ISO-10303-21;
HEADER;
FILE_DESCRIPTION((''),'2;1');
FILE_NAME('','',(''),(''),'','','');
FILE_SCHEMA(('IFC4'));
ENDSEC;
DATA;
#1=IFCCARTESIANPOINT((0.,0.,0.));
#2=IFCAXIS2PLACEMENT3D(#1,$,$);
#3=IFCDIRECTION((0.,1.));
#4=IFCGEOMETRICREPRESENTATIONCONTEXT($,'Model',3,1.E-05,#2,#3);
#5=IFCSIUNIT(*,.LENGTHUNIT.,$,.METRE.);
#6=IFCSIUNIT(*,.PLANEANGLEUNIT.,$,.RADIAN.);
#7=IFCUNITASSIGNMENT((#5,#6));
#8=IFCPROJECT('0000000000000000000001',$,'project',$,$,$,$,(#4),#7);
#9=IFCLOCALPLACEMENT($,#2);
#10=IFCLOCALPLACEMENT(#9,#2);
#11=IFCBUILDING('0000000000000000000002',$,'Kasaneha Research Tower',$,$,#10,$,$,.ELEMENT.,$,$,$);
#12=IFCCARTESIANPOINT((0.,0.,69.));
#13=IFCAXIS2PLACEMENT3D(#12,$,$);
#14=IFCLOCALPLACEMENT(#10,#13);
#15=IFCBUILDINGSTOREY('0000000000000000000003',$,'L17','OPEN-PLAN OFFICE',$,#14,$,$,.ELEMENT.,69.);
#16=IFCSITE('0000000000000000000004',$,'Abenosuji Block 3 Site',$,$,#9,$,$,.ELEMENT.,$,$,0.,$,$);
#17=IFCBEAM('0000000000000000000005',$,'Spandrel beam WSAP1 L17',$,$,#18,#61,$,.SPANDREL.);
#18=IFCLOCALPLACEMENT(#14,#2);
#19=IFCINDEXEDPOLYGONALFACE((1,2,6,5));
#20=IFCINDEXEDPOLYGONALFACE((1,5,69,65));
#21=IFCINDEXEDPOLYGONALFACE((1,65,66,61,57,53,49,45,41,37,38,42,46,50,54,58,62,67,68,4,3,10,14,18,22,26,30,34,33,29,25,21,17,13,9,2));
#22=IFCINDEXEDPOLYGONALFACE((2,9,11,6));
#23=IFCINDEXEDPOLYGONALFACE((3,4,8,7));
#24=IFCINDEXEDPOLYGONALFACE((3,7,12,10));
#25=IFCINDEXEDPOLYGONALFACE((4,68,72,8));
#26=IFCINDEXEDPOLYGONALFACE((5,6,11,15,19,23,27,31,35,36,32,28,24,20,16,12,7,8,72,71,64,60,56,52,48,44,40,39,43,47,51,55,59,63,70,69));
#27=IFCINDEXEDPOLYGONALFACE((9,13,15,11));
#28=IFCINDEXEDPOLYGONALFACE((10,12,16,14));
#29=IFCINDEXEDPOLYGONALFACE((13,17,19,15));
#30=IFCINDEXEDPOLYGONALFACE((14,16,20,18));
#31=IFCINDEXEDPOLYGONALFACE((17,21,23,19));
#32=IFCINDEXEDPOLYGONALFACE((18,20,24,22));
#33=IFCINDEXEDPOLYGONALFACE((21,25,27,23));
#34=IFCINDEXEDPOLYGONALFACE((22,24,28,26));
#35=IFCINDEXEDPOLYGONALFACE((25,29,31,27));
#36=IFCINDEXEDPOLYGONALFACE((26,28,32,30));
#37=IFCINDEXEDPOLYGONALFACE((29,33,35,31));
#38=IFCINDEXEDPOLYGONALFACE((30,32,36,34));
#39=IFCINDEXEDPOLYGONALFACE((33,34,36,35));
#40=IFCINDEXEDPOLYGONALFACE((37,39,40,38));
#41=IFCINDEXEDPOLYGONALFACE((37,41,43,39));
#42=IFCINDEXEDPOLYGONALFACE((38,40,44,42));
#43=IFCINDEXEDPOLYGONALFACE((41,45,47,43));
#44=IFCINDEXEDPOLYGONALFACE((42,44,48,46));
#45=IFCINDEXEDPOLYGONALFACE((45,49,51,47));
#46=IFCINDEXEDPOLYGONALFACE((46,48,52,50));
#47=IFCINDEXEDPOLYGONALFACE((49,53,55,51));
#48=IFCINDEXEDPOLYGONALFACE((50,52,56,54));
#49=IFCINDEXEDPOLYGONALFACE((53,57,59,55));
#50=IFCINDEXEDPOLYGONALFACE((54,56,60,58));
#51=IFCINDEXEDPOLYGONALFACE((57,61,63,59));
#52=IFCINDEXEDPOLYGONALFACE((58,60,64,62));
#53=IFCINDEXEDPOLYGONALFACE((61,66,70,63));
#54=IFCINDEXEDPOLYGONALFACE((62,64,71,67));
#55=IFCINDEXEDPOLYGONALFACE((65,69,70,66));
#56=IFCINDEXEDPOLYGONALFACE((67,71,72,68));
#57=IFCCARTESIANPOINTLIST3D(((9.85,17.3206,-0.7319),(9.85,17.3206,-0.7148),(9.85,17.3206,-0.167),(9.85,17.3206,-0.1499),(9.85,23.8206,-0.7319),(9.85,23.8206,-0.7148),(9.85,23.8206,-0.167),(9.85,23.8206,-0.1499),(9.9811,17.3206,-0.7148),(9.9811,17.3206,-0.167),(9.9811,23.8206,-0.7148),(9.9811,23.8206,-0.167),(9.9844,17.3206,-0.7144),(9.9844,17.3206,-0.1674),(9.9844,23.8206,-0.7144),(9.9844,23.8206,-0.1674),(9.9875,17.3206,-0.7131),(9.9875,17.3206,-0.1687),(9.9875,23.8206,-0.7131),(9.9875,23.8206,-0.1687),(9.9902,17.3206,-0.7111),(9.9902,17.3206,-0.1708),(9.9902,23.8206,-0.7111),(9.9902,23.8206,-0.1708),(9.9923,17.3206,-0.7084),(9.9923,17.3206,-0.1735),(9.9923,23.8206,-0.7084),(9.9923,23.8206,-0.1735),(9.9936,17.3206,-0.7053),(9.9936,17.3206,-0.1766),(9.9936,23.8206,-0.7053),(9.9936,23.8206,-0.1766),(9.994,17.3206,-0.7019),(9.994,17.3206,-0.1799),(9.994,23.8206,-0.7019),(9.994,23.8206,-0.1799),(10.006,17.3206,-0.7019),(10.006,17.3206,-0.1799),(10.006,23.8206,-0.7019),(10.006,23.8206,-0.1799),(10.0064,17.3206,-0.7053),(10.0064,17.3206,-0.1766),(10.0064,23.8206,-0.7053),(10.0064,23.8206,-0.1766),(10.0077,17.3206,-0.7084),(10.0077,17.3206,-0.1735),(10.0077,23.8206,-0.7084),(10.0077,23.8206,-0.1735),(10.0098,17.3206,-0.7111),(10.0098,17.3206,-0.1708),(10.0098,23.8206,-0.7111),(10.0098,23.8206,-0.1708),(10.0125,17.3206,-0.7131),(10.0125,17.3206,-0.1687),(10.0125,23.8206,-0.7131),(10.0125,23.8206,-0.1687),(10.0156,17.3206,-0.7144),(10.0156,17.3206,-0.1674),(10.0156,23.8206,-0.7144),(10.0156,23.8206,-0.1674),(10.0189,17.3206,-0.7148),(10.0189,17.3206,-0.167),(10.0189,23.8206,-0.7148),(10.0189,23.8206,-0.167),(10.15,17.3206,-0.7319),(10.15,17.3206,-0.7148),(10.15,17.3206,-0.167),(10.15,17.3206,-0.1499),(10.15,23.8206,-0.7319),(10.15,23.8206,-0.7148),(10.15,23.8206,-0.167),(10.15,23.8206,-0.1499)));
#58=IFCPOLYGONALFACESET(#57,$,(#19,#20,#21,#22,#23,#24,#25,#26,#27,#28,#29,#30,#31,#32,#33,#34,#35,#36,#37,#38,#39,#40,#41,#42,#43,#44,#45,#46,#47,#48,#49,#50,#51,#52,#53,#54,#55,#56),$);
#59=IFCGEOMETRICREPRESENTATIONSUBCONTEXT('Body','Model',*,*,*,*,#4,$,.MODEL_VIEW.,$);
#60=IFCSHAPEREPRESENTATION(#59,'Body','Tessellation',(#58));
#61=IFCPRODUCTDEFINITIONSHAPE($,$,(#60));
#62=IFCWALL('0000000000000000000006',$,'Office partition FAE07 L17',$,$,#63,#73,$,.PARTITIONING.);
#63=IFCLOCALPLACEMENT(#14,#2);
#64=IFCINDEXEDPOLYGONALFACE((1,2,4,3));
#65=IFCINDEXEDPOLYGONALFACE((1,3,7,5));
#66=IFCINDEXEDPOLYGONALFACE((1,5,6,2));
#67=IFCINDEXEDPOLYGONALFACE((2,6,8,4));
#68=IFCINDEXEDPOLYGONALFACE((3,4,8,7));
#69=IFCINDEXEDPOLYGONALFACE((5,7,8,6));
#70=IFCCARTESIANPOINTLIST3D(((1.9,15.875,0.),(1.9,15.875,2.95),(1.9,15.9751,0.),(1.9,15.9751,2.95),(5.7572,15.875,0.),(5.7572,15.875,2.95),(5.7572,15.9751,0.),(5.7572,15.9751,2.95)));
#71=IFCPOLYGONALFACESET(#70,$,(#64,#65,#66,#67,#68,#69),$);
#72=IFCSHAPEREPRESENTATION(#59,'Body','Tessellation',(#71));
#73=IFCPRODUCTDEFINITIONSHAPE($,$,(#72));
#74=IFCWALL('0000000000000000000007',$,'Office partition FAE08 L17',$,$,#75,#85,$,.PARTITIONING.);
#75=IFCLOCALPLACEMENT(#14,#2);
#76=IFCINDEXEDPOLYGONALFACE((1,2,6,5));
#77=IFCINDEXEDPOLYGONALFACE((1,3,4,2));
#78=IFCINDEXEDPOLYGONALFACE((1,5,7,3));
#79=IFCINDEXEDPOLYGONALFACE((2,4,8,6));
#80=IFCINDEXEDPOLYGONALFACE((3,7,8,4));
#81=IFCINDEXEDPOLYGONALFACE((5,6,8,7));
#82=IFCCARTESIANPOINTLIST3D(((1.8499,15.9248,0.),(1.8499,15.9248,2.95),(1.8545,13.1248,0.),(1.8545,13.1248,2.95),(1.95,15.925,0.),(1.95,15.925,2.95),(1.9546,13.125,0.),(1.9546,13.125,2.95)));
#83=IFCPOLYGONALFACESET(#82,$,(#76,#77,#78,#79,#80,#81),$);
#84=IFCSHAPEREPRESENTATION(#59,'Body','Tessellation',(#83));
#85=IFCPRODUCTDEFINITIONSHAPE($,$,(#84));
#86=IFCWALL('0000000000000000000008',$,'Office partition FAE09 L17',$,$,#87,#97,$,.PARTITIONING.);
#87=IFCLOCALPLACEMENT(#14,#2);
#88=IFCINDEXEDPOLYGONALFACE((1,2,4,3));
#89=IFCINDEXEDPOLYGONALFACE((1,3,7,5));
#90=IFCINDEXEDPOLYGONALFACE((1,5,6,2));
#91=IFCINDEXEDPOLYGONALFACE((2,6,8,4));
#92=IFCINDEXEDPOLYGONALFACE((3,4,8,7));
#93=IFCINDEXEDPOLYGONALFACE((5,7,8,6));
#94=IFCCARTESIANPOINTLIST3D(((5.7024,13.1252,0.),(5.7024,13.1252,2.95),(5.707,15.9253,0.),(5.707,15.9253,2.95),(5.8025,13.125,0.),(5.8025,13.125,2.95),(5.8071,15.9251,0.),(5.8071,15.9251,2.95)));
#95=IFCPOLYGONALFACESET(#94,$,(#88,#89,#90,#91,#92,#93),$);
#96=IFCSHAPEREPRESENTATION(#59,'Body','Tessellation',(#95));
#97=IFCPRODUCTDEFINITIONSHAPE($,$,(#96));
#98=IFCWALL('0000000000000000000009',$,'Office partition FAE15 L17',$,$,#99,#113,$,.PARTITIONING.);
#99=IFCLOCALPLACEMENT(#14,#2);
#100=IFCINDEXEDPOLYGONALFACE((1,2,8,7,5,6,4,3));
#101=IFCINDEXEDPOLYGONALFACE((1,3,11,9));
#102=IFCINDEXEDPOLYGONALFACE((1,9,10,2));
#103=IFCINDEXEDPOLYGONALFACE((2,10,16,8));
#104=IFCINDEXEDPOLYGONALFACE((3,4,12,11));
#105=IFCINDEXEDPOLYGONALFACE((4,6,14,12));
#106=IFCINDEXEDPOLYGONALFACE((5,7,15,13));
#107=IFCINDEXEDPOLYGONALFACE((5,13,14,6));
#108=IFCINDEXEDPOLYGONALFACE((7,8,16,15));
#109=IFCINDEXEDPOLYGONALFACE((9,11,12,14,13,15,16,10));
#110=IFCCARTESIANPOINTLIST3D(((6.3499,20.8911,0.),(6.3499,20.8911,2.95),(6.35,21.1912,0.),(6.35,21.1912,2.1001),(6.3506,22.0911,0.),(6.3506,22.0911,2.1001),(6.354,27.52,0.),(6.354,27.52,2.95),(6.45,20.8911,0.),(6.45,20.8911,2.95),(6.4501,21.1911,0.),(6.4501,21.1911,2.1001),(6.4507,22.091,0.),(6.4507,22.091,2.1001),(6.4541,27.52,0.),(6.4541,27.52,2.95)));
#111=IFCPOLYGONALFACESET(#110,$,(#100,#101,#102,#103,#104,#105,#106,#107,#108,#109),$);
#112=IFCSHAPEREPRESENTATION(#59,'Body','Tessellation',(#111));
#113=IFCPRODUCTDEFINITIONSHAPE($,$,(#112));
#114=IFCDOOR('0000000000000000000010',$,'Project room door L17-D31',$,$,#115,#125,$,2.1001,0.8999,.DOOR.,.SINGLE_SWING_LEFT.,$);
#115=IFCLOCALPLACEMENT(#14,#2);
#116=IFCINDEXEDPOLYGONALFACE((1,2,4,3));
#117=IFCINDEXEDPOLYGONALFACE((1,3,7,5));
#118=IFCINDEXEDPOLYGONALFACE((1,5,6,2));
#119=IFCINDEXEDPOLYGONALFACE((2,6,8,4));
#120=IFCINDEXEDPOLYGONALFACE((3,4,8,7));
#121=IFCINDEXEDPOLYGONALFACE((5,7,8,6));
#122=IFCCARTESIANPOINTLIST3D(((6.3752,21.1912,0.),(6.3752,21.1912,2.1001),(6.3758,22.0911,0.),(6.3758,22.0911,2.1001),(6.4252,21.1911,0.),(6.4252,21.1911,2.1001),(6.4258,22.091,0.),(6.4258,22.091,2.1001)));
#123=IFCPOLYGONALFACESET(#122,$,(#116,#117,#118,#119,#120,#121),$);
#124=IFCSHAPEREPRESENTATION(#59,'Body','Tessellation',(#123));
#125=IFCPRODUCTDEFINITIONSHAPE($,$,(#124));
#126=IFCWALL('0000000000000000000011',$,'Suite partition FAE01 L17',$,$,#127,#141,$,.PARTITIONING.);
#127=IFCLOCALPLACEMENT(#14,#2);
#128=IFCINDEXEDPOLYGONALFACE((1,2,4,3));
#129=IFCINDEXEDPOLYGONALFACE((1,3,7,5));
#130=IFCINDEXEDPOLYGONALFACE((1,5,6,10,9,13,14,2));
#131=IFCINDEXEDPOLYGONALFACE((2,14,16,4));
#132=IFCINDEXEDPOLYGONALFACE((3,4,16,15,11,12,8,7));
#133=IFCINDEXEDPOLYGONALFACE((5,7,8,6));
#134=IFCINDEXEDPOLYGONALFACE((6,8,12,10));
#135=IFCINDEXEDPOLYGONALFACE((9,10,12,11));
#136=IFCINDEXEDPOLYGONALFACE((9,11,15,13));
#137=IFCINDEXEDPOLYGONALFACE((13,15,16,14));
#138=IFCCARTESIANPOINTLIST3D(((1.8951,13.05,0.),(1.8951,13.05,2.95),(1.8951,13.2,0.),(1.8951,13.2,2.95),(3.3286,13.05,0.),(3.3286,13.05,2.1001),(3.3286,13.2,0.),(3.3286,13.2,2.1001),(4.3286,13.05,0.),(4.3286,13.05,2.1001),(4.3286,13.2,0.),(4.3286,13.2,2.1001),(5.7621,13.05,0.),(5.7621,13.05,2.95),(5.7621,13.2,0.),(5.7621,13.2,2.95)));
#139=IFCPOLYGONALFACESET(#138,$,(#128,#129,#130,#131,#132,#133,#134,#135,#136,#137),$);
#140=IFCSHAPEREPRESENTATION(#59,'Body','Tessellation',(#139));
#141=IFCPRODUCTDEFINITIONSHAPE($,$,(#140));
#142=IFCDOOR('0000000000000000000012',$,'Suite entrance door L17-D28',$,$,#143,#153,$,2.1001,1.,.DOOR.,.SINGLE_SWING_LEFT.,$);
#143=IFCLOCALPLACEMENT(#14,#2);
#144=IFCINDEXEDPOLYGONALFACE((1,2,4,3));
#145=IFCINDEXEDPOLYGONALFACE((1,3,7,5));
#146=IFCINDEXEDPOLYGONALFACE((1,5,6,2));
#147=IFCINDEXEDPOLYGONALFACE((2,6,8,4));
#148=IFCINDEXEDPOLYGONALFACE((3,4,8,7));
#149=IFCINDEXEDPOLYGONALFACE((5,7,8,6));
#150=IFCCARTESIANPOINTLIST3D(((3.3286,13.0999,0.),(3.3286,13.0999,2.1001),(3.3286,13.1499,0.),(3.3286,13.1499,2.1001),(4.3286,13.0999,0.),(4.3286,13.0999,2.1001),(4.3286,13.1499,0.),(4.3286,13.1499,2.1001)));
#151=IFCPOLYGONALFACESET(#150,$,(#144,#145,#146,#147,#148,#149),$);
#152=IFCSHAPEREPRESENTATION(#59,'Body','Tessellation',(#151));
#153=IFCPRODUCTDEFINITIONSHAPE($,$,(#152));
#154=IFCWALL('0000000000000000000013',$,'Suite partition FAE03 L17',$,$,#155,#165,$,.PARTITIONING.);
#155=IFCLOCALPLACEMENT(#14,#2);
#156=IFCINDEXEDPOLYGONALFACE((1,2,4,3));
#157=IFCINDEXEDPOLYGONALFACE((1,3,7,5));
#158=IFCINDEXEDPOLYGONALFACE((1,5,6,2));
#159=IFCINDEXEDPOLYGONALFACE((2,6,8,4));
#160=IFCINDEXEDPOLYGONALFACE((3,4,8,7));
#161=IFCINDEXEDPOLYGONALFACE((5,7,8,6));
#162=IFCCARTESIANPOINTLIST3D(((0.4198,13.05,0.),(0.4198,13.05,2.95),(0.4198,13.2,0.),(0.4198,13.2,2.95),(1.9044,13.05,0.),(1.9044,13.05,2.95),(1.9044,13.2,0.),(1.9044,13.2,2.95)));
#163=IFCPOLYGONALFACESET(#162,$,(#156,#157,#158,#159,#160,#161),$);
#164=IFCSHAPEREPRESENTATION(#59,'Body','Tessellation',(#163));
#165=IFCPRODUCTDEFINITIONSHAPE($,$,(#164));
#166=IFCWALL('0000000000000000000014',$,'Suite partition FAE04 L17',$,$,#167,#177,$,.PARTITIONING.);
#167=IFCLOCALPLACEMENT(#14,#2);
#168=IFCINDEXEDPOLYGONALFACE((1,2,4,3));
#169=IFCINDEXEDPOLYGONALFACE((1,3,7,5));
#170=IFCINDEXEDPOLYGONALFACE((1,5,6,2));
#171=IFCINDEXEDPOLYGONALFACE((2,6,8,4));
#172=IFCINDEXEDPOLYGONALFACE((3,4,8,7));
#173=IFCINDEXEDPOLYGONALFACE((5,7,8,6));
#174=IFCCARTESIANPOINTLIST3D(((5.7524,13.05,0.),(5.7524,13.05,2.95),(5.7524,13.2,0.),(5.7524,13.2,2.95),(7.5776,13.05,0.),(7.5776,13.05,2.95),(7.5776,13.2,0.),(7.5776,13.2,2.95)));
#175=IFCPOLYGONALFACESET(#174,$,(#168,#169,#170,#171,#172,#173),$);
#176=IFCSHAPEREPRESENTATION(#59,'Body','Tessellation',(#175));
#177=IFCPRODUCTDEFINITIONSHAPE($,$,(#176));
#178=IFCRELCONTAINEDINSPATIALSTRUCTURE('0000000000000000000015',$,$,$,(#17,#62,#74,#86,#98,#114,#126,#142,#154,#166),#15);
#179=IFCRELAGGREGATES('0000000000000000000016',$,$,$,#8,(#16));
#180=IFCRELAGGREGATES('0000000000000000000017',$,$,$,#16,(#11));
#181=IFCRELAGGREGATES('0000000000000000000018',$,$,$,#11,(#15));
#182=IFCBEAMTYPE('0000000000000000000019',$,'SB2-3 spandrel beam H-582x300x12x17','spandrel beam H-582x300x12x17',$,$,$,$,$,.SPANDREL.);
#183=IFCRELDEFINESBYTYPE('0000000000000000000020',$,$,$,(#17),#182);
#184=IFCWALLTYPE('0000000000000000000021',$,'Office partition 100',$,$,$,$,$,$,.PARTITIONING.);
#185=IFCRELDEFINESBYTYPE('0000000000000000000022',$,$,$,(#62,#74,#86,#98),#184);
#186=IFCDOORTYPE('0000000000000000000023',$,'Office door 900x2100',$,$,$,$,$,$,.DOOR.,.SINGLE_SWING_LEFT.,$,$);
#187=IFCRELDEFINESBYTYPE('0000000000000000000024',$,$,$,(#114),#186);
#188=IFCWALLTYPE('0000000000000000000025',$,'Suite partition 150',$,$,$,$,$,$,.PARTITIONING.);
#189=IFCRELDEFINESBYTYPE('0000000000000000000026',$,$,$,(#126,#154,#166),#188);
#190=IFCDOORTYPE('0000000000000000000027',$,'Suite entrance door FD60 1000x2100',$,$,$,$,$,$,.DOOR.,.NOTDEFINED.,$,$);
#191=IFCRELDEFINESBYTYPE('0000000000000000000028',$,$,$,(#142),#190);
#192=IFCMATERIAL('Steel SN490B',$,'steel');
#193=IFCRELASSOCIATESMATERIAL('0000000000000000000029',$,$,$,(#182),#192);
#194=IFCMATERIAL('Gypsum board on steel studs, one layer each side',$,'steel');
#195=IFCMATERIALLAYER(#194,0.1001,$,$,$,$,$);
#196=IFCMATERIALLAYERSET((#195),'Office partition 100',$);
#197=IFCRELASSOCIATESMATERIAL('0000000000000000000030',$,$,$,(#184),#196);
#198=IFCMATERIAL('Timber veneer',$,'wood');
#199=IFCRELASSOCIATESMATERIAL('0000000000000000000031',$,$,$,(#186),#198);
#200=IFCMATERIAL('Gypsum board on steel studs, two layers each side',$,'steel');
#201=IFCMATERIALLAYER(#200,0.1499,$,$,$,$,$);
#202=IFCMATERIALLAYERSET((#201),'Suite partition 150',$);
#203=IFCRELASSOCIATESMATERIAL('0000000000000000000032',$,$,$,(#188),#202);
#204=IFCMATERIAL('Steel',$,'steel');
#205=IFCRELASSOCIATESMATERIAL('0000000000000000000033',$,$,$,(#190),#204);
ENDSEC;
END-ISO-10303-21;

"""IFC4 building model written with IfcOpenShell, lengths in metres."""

from ifc_helpers import new_model, si_unit, direction, frame, frame_2d, origin, origin_2d, place, context, subcontext, project, spatial, rectangle, i_section, extrude, material, layer, layer_set, material_profile, profile_set, type_object, element, fill, save


model = new_model("IFC4")

# Units and contexts
model_context = context("Model", 3, precision=1e-05, world=origin(), true_north=direction((0.0, 1.0)))
body_context = subcontext(model_context, "Body", "Model", "MODEL_VIEW")
ifc_project = project(units=[si_unit("LENGTHUNIT", "METRE"), si_unit("PLANEANGLEUNIT", "RADIAN")], contexts=[model_context])

# Site, building, storey
site_placement = place(None, origin())
site = spatial("IfcSite", under=ifc_project, at=site_placement, Name="Abenosuji Block 3 Site", CompositionType="ELEMENT", RefElevation=0.0)
building_placement = place(site_placement, origin())
building = spatial("IfcBuilding", under=site, at=building_placement, Name="Kasaneha Research Tower", CompositionType="ELEMENT")
storey_placement = place(building_placement, frame((0.0, 0.0, 69.0)))
storey = spatial("IfcBuildingStorey", under=building, at=storey_placement, Name="L17", Description="OPEN-PLAN OFFICE", CompositionType="ELEMENT", Elevation=69.0)

# Beam
ifc_material_1 = material(Name="Steel SN490B", Category="steel")
ifc_material_profile_1 = material_profile(ifc_material_1, i_section(OverallWidth=0.3, OverallDepth=0.582, WebThickness=0.012, FlangeThickness=0.0171, FilletRadius=0.0129, at=origin_2d()), Name="H-582x300x12x17")
ifc_profile_set_1 = profile_set([ifc_material_profile_1], Name="Steel SN490B")
beam_type_1 = type_object("IfcBeamType", Name="SB2-3 spandrel beam H-582x300x12x17", Description="spandrel beam H-582x300x12x17", PredefinedType="SPANDREL", material=ifc_profile_set_1)
beam_1_placement = place(storey_placement, frame((10.0, 17.3206, -0.4409), z_axis=(0.0, 1.0, 0.0), x_axis=(-1.0, 0.0, 0.0)))
element("IfcBeam", 1, at=beam_1_placement, inside=storey, type_object=beam_type_1, Name="Spandrel beam WSAP1 L17", PredefinedType="SPANDREL", context=body_context, shape_type="SweptSolid", body=[
    extrude(i_section(OverallWidth=0.3, OverallDepth=0.582, WebThickness=0.012, FlangeThickness=0.0171, FilletRadius=0.0129, at=origin_2d()), origin(), (0.0, 0.0, 1.0), 6.5),
])

# Walls
ifc_material_2 = material(Name="Gypsum board on steel studs, one layer each side", Category="steel")
ifc_layer_1 = layer(ifc_material_2, 0.1001)
ifc_layer_set_1 = layer_set([ifc_layer_1], Name="Office partition 100")
wall_type_1 = type_object("IfcWallType", Name="Office partition 100", PredefinedType="PARTITIONING", material=ifc_layer_set_1)
wall_1_placement = place(storey_placement, frame((1.8999, 15.925, 0.0), z_axis=(0.0, 0.0, 1.0), x_axis=(1.0, 0.0, 0.0)))
element("IfcWall", 2, at=wall_1_placement, inside=storey, type_object=wall_type_1, Name="Office partition FAE07 L17", PredefinedType="PARTITIONING", context=body_context, shape_type="SweptSolid", body=[
    extrude(rectangle(XDim=3.8572, YDim=0.1001, at=frame_2d((1.9287, 0.0))), origin(), (0.0, 0.0, 1.0), 2.95),
])
for number, where, z_axis, x_axis, name in (
    (3, (1.9045, 13.125, 0.0), (0.0, 0.0, 1.0), (-0.001657, 0.999999, 0.0), "Office partition FAE08 L17"),
    (4, (5.7571, 15.925, 0.0), (0.0, 0.0, 1.0), (-0.001657, -0.999999, 0.0), "Office partition FAE09 L17"),
):
    element("IfcWall", number, at=place(storey_placement, frame(where, z_axis=z_axis, x_axis=x_axis)), inside=storey, type_object=wall_type_1, Name=name, PredefinedType="PARTITIONING", context=body_context, shape_type="SweptSolid", body=[
        extrude(rectangle(XDim=2.8, YDim=0.1001, at=frame_2d((1.3999, 0.0))), origin(), (0.0, 0.0, 1.0), 2.95),
    ])

# Walls, openings, doors
wall_2_placement = place(storey_placement, frame((6.3999, 20.8911, 0.0), z_axis=(0.0, 0.0, 1.0), x_axis=(0.000626, 1.0, 0.0)))
wall_2 = element("IfcWall", 5, at=wall_2_placement, inside=storey, type_object=wall_type_1, Name="Office partition FAE15 L17", PredefinedType="PARTITIONING", context=body_context, shape_type="SweptSolid", body=[
    extrude(rectangle(XDim=6.6289, YDim=0.1001, at=frame_2d((3.3145, 0.0))), origin(), (0.0, 0.0, 1.0), 2.95),
])
opening_1_placement = place(wall_2_placement, frame((0.3, 0.0, 0.0)))
opening_1 = element("IfcOpeningElement", 6, at=opening_1_placement, cuts=wall_2, PredefinedType="OPENING", context=body_context, shape_type="SweptSolid", body=[
    extrude(rectangle(XDim=0.8999, YDim=2.1001, at=frame_2d((0.45, 1.05))), frame((0.0, 0.0601, 0.0), z_axis=(0.0, -1.0, 0.0), x_axis=(1.0, 0.0, 0.0)), (0.0, 0.0, 1.0), 0.1201),
])
ifc_material_3 = material(Name="Timber veneer", Category="wood")
door_type_1 = type_object("IfcDoorType", Name="Office door 900x2100", OperationType="SINGLE_SWING_LEFT", PredefinedType="DOOR", material=ifc_material_3)
door_1_placement = place(opening_1_placement, origin())
door_1 = element("IfcDoor", 7, at=door_1_placement, inside=storey, type_object=door_type_1, Name="Project room door L17-D31", OperationType="SINGLE_SWING_LEFT", OverallHeight=2.1001, OverallWidth=0.8999, PredefinedType="DOOR", context=body_context, shape_type="SweptSolid", body=[
    extrude(rectangle(XDim=0.8999, YDim=2.1001, at=frame_2d((0.45, 1.05))), frame((0.0, 0.0249, 0.0), z_axis=(0.0, -1.0, 0.0), x_axis=(1.0, 0.0, 0.0)), (0.0, 0.0, 1.0), 0.05),
])
fill(opening_1, door_1)
ifc_material_4 = material(Name="Gypsum board on steel studs, two layers each side", Category="steel")
ifc_layer_2 = layer(ifc_material_4, 0.1499)
ifc_layer_set_2 = layer_set([ifc_layer_2], Name="Suite partition 150")
wall_type_2 = type_object("IfcWallType", Name="Suite partition 150", PredefinedType="PARTITIONING", material=ifc_layer_set_2)
wall_3_placement = place(storey_placement, frame((1.895, 13.125, 0.0), z_axis=(0.0, 0.0, 1.0), x_axis=(1.0, 0.0, 0.0)))
wall_3 = element("IfcWall", 8, at=wall_3_placement, inside=storey, type_object=wall_type_2, Name="Suite partition FAE01 L17", PredefinedType="PARTITIONING", context=body_context, shape_type="SweptSolid", body=[
    extrude(rectangle(XDim=3.8669, YDim=0.1499, at=frame_2d((1.9336, 0.0))), origin(), (0.0, 0.0, 1.0), 2.95),
])
opening_2_placement = place(wall_3_placement, frame((1.4336, 0.0, 0.0)))
opening_2 = element("IfcOpeningElement", 9, at=opening_2_placement, cuts=wall_3, PredefinedType="OPENING", context=body_context, shape_type="SweptSolid", body=[
    extrude(rectangle(XDim=1.0, YDim=2.1001, at=frame_2d((0.5, 1.05))), frame((0.0, 0.085, 0.0), z_axis=(0.0, -1.0, 0.0), x_axis=(1.0, 0.0, 0.0)), (0.0, 0.0, 1.0), 0.1699),
])
ifc_material_5 = material(Name="Steel", Category="steel")
door_type_2 = type_object("IfcDoorType", Name="Suite entrance door FD60 1000x2100", OperationType="NOTDEFINED", PredefinedType="DOOR", material=ifc_material_5)
door_2_placement = place(opening_2_placement, origin())
door_2 = element("IfcDoor", 10, at=door_2_placement, inside=storey, type_object=door_type_2, Name="Suite entrance door L17-D28", OperationType="SINGLE_SWING_LEFT", OverallHeight=2.1001, OverallWidth=1.0, PredefinedType="DOOR", context=body_context, shape_type="SweptSolid", body=[
    extrude(rectangle(XDim=1.0, YDim=2.1001, at=frame_2d((0.5, 1.05))), frame((0.0, 0.0249, 0.0), z_axis=(0.0, -1.0, 0.0), x_axis=(1.0, 0.0, 0.0)), (0.0, 0.0, 1.0), 0.05),
])
fill(opening_2, door_2)

# Walls
wall_4_placement = place(storey_placement, frame((0.4199, 13.125, 0.0), z_axis=(0.0, 0.0, 1.0), x_axis=(1.0, 0.0, 0.0)))
element("IfcWall", 11, at=wall_4_placement, inside=storey, type_object=wall_type_2, Name="Suite partition FAE03 L17", PredefinedType="PARTITIONING", context=body_context, shape_type="SweptSolid", body=[
    extrude(rectangle(XDim=1.4846, YDim=0.1499, at=frame_2d((0.7422, 0.0))), origin(), (0.0, 0.0, 1.0), 2.95),
])
wall_5_placement = place(storey_placement, frame((5.7524, 13.125, 0.0), z_axis=(0.0, 0.0, 1.0), x_axis=(1.0, 0.0, 0.0)))
element("IfcWall", 12, at=wall_5_placement, inside=storey, type_object=wall_type_2, Name="Suite partition FAE04 L17", PredefinedType="PARTITIONING", context=body_context, shape_type="SweptSolid", body=[
    extrude(rectangle(XDim=1.8252, YDim=0.1499, at=frame_2d((0.9126, 0.0))), origin(), (0.0, 0.0, 1.0), 2.95),
])

save(model, "model.ifc")
